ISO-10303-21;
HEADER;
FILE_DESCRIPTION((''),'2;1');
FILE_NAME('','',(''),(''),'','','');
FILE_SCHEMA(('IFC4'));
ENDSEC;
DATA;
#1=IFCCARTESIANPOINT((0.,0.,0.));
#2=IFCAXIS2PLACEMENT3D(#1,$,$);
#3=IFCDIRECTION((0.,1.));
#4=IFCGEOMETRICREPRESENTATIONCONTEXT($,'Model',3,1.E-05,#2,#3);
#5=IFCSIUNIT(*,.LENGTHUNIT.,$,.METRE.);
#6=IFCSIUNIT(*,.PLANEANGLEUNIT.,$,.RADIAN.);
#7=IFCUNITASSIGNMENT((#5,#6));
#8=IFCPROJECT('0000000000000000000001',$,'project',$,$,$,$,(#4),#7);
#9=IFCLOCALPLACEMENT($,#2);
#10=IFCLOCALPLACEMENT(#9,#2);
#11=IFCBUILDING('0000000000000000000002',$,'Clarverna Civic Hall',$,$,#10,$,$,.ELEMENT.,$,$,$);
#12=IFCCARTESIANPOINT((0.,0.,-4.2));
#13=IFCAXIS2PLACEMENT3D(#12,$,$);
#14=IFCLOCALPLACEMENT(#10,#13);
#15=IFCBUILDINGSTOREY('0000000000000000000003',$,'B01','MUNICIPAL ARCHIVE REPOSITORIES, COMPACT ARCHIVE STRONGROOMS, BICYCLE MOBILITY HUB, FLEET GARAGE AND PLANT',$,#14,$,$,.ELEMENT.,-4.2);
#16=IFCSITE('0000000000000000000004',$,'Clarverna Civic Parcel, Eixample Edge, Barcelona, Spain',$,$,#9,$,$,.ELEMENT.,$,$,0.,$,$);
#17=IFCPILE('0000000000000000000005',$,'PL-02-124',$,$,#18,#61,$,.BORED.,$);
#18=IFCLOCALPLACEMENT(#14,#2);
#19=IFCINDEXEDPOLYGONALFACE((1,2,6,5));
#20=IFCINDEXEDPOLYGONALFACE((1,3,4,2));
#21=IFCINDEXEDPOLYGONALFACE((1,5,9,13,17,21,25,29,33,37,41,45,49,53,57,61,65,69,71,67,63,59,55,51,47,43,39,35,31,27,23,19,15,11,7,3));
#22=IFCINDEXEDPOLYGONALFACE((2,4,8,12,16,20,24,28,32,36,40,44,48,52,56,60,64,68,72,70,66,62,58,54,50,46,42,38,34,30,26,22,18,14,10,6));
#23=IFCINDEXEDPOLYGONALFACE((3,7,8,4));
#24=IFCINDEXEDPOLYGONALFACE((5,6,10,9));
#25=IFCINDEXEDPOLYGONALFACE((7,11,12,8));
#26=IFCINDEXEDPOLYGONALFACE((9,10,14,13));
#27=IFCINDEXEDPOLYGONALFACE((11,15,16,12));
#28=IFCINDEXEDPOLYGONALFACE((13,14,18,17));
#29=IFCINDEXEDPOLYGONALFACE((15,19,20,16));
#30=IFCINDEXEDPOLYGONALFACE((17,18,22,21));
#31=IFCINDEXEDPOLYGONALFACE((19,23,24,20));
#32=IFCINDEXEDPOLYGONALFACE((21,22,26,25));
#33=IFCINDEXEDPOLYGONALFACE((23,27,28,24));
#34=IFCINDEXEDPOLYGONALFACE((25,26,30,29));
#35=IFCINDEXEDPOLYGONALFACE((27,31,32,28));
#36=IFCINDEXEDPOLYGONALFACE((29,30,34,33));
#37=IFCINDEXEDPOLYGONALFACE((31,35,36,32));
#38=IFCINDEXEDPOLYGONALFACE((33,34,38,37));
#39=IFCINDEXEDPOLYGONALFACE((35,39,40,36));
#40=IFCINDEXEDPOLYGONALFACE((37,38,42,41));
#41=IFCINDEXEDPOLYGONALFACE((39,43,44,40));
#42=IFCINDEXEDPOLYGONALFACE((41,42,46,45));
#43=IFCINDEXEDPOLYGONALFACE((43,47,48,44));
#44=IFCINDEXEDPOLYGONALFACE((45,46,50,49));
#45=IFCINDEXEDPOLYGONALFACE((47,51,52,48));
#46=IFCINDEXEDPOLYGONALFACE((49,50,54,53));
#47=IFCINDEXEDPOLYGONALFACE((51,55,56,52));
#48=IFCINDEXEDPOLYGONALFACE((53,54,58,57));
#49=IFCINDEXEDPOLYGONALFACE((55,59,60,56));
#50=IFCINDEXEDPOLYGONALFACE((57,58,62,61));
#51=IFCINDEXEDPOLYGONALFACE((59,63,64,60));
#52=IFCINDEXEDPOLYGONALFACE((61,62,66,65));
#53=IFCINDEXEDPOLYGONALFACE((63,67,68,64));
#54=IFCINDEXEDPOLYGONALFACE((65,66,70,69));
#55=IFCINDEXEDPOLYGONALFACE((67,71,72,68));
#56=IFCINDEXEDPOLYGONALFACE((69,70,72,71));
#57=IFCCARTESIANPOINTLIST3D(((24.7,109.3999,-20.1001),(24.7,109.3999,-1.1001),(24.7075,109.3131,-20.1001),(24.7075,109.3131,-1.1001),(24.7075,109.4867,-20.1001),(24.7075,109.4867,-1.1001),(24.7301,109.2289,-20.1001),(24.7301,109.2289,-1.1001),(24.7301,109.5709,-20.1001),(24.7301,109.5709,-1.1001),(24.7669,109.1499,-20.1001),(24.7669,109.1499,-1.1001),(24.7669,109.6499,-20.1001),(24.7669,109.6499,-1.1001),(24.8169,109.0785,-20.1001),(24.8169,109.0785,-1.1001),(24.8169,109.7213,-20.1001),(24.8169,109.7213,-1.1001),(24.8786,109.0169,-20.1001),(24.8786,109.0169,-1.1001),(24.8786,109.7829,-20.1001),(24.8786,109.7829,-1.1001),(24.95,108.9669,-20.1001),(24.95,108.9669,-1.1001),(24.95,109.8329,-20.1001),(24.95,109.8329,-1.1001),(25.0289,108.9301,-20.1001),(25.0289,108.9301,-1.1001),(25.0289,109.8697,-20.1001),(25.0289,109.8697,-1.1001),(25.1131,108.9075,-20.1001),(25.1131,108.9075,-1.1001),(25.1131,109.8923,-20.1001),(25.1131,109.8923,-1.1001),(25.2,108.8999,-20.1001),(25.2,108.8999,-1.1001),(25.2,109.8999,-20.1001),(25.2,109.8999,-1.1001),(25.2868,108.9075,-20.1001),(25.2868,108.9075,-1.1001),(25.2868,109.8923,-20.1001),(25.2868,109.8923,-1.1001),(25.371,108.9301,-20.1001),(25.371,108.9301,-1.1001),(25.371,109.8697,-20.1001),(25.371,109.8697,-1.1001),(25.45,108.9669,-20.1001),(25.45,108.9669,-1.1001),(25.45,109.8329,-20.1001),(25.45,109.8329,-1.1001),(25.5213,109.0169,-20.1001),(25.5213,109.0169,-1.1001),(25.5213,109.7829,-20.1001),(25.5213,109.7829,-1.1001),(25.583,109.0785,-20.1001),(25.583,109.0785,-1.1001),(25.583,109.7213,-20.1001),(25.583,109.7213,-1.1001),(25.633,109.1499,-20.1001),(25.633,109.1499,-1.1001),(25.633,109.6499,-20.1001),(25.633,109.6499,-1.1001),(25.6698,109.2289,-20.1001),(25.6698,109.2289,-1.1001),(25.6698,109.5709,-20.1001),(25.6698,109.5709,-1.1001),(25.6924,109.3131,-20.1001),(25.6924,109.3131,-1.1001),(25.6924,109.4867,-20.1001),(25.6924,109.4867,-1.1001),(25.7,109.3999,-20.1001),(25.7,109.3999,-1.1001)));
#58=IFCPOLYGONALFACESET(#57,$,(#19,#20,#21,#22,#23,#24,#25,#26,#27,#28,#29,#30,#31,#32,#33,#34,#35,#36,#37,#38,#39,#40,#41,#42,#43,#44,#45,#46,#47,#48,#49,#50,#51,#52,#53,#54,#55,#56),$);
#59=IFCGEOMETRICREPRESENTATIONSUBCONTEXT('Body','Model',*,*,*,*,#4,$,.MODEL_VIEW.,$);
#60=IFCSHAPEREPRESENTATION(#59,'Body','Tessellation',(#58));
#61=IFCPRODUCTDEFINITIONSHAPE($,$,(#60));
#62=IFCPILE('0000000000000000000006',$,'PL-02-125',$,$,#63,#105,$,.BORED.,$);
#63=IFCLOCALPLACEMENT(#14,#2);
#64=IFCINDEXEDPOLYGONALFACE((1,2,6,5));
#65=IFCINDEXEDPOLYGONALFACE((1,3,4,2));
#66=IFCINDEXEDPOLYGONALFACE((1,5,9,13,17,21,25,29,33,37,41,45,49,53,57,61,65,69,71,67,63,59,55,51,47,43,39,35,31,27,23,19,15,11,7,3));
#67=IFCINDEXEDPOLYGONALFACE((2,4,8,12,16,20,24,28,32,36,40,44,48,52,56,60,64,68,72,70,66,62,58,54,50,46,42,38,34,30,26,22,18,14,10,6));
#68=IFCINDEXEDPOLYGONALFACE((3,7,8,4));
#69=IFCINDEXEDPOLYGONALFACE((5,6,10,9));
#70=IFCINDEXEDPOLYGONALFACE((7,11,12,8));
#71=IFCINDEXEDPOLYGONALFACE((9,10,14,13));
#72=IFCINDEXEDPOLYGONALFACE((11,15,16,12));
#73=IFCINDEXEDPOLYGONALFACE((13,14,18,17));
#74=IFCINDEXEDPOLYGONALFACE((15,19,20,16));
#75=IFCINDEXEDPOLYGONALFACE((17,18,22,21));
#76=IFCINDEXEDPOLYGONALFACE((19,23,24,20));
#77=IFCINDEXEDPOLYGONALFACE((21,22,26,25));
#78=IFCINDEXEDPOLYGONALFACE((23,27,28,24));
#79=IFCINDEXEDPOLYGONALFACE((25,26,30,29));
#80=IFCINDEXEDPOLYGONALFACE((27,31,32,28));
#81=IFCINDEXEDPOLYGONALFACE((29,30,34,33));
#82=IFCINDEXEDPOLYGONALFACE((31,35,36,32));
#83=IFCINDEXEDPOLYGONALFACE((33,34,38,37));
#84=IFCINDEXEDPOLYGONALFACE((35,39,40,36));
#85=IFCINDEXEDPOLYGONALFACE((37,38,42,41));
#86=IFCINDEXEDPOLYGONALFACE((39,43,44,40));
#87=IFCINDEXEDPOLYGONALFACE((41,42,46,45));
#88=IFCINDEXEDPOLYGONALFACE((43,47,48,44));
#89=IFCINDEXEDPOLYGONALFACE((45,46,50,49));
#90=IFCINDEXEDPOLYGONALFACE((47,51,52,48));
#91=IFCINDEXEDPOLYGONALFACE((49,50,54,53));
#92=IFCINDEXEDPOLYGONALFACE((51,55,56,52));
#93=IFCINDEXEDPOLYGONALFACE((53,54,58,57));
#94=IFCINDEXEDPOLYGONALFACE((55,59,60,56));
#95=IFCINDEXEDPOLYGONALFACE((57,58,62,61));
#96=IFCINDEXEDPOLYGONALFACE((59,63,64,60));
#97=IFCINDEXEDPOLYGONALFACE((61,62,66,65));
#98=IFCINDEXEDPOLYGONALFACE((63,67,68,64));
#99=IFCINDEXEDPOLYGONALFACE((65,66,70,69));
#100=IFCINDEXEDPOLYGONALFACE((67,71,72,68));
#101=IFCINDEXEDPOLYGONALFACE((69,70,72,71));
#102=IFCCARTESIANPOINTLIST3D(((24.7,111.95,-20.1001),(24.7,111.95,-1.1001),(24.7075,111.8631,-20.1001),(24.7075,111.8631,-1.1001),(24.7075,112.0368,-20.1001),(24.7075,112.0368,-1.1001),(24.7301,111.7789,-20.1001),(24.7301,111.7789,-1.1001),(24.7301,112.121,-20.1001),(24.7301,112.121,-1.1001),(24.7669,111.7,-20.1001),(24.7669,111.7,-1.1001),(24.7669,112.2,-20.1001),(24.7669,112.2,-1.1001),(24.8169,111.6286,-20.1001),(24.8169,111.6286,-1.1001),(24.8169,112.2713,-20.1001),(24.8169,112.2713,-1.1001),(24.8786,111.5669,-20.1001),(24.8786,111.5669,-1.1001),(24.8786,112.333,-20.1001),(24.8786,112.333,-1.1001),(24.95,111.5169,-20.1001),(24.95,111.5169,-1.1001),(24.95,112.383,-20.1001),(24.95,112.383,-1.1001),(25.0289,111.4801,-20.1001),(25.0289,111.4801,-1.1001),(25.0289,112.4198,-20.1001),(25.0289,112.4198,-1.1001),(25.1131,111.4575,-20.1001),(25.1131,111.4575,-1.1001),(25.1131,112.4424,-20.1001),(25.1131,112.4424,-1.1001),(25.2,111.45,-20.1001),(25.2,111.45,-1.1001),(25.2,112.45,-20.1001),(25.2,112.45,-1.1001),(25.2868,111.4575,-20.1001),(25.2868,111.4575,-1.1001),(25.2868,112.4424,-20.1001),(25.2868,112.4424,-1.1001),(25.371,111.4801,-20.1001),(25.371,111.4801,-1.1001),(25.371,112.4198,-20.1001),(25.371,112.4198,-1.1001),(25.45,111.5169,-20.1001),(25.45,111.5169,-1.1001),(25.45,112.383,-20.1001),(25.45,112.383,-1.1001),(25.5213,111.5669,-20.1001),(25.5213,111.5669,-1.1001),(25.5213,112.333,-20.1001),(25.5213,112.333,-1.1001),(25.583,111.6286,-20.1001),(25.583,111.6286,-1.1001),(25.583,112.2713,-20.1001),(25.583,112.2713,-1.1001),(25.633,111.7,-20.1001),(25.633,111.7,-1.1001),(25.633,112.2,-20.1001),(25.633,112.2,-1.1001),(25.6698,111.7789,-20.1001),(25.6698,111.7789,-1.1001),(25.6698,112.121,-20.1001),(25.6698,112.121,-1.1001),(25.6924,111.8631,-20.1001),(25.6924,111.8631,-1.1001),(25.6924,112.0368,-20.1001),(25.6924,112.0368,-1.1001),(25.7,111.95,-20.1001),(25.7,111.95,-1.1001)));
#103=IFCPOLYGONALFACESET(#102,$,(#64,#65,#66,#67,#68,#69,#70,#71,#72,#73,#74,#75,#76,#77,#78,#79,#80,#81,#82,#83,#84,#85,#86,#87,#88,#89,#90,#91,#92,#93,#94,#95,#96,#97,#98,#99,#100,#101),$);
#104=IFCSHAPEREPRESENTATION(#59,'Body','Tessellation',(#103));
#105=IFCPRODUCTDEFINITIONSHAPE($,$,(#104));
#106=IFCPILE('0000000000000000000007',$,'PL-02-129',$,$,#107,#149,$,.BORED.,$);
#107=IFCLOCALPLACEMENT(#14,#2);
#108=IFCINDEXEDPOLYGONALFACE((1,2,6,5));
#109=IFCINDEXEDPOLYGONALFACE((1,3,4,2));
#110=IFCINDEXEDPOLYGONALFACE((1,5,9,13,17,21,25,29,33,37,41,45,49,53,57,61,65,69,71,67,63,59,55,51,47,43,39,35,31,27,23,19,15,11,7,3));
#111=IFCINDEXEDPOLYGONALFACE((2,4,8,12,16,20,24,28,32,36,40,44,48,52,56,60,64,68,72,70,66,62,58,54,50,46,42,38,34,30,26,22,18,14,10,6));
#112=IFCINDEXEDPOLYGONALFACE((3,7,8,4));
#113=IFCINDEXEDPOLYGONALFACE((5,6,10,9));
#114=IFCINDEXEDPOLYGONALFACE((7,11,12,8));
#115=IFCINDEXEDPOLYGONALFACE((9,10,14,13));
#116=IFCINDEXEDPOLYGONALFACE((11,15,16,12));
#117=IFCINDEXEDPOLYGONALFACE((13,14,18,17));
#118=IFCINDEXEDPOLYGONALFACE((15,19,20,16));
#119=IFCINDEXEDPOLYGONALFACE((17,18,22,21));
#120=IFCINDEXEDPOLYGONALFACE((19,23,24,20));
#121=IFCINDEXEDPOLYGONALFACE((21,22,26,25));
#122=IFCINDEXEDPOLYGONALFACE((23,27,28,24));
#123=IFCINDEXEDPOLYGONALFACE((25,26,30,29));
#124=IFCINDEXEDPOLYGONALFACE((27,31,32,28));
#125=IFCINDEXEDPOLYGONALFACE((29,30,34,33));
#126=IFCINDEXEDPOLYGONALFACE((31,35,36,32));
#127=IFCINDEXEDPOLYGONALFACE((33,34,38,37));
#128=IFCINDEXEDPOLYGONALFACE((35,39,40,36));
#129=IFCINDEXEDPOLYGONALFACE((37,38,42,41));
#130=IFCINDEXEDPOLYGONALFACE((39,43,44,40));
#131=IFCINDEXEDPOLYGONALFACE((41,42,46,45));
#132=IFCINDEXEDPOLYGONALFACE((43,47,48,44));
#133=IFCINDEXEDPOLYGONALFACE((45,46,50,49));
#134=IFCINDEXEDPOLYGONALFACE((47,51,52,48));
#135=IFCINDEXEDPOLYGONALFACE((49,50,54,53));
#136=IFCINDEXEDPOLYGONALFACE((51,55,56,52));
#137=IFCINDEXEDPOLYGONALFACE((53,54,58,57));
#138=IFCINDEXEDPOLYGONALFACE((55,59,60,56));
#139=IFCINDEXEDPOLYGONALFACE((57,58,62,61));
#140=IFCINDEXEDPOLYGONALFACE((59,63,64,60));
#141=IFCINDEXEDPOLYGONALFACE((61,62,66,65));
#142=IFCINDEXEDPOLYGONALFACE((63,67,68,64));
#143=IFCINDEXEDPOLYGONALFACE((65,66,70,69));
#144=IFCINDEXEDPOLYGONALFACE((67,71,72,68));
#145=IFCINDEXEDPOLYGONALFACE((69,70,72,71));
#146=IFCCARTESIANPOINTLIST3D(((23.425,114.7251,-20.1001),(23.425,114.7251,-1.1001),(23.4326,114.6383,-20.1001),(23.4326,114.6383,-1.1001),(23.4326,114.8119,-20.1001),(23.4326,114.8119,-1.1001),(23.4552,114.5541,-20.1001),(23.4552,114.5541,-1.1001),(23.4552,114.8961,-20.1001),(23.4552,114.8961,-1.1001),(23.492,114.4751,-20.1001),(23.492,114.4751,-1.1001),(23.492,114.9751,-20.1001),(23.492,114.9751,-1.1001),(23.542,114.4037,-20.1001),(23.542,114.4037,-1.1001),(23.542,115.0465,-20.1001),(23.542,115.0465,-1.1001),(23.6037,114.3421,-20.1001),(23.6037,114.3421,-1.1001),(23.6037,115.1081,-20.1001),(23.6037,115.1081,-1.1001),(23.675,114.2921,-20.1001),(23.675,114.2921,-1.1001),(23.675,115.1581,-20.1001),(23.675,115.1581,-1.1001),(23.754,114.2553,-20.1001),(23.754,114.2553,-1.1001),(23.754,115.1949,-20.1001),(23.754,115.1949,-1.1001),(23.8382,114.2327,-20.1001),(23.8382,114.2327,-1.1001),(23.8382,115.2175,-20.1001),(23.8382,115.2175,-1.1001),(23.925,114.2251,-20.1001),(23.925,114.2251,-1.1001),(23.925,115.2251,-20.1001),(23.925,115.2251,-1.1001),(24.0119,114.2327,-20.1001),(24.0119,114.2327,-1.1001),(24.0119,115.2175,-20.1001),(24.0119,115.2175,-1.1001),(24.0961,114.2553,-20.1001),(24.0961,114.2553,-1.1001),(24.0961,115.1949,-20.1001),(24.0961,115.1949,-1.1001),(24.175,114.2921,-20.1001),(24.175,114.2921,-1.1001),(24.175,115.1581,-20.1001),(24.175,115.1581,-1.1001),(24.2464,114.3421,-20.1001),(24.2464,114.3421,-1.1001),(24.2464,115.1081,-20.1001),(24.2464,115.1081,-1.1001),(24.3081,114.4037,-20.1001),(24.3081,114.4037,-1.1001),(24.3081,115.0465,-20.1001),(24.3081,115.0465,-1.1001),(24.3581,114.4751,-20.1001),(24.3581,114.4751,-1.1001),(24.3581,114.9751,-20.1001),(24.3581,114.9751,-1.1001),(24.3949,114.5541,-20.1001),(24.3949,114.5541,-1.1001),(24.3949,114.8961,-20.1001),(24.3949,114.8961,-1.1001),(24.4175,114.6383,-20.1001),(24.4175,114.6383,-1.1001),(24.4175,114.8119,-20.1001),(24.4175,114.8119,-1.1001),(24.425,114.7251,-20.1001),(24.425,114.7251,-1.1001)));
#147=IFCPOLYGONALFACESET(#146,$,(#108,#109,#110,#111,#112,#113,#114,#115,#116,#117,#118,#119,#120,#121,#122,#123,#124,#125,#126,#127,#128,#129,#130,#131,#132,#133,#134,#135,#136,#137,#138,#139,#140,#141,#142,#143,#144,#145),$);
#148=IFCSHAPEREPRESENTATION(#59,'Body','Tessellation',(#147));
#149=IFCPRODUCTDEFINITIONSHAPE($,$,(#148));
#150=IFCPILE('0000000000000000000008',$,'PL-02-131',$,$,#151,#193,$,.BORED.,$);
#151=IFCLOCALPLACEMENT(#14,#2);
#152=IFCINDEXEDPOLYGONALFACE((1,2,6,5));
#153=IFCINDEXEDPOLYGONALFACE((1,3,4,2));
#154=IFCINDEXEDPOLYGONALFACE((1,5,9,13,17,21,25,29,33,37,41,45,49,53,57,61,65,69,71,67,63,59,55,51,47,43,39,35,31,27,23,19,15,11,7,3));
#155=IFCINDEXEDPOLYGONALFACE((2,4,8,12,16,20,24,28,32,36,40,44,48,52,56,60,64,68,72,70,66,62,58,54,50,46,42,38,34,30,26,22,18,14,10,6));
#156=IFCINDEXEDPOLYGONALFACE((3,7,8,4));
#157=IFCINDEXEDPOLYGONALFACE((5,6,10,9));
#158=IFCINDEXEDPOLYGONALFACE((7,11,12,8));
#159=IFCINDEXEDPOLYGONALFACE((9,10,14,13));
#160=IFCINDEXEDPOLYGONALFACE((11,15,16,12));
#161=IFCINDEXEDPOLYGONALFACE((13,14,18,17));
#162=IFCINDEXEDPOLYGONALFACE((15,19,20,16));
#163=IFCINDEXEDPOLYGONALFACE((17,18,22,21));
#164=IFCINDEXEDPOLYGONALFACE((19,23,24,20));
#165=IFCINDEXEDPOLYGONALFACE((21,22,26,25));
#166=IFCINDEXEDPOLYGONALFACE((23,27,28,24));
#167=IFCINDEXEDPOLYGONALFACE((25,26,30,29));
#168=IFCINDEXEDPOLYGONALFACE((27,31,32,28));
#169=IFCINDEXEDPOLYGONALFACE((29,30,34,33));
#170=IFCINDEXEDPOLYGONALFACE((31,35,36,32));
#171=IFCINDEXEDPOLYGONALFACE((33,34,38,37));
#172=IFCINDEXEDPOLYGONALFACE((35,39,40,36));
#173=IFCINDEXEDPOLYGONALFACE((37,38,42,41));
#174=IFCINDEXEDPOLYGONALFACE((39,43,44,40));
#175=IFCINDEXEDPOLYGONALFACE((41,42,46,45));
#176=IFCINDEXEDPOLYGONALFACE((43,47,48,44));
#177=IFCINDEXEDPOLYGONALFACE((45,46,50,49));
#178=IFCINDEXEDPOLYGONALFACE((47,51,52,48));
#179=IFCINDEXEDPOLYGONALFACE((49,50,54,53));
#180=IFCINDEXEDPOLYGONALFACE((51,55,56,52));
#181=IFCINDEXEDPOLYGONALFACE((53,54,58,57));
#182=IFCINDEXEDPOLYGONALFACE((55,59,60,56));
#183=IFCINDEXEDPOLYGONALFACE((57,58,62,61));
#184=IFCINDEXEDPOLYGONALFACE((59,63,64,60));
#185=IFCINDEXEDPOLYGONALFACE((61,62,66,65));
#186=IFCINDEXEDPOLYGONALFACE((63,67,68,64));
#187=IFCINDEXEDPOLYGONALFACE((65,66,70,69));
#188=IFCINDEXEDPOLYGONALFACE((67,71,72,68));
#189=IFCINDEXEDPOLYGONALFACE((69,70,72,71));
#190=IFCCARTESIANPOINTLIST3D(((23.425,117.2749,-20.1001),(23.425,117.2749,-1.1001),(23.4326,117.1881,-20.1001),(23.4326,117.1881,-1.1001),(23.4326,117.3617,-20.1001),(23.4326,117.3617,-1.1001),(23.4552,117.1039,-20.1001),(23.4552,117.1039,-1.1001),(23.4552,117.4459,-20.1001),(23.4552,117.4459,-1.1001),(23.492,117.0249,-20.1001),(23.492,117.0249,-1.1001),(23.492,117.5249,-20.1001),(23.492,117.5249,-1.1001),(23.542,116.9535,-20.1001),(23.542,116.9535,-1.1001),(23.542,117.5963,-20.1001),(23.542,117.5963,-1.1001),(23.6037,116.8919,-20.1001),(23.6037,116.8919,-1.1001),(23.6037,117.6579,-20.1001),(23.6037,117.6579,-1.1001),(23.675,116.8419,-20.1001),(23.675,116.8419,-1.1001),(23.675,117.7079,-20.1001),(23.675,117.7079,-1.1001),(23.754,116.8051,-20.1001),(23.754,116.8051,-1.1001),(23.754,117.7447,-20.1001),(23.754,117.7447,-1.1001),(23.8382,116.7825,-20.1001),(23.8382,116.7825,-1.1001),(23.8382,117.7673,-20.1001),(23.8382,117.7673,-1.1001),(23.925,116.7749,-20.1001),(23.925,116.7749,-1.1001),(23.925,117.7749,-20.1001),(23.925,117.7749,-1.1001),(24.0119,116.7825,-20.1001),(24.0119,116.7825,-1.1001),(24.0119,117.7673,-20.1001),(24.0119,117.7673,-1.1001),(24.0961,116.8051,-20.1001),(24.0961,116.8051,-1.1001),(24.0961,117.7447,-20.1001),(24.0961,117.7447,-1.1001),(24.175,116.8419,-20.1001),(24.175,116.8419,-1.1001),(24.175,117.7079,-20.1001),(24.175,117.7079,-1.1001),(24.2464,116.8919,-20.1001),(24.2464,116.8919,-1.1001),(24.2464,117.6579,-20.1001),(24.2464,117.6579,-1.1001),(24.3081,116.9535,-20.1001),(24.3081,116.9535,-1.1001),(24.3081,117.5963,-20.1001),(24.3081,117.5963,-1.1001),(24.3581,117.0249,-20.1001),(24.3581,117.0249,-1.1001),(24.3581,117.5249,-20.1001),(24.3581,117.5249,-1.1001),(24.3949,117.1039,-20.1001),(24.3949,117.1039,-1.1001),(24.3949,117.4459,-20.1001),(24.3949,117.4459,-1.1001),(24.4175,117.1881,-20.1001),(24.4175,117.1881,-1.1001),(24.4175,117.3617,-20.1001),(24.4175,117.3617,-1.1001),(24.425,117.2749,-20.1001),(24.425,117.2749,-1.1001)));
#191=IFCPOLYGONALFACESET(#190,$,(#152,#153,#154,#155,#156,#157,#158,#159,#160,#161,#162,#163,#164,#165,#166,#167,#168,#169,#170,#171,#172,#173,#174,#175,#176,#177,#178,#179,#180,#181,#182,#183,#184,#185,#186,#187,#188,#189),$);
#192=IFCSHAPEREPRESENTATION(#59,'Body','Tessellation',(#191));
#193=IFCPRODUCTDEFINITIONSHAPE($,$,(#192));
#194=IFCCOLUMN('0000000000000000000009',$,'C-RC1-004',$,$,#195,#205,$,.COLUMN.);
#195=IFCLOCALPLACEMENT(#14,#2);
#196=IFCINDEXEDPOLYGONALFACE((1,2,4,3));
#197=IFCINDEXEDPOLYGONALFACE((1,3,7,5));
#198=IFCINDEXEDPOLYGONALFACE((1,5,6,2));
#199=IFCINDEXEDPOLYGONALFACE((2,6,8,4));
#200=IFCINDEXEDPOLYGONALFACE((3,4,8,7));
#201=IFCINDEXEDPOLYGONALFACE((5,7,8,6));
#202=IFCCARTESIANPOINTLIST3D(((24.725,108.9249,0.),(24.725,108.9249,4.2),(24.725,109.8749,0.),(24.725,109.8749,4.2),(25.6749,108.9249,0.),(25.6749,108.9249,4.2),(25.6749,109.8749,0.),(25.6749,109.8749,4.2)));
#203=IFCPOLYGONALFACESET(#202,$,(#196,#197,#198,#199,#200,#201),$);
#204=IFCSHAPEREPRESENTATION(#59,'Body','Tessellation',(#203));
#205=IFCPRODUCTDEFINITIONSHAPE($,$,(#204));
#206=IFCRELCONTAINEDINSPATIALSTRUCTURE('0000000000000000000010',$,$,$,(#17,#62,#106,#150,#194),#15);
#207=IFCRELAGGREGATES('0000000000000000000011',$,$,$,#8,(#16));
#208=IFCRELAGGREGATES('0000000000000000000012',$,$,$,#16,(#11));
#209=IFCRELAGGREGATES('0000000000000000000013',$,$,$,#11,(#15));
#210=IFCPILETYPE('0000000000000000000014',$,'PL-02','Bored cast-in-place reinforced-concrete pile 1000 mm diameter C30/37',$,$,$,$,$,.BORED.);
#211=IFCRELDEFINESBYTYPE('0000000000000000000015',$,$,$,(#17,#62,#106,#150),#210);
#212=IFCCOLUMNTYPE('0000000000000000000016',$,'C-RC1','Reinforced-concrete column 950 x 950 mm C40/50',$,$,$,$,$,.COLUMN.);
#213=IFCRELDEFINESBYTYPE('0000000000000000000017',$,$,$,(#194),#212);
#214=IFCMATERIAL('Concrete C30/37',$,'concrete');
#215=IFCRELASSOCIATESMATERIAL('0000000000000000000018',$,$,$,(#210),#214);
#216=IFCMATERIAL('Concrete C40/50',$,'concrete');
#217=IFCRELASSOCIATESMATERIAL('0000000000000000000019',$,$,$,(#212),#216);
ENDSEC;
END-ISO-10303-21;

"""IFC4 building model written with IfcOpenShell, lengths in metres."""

from ifc_helpers import new_model, si_unit, direction, frame, origin, origin_2d, place, context, subcontext, project, spatial, rectangle, circle, extrude, material, material_profile, profile_set, type_object, element, save


model = new_model("IFC4")

# Units and contexts
model_context = context("Model", 3, precision=1e-05, world=origin(), true_north=direction((0.0, 1.0)))
body_context = subcontext(model_context, "Body", "Model", "MODEL_VIEW")
ifc_project = project(units=[si_unit("LENGTHUNIT", "METRE"), si_unit("PLANEANGLEUNIT", "RADIAN")], contexts=[model_context])

# Site, building, storey
site_placement = place(None, origin())
site = spatial("IfcSite", under=ifc_project, at=site_placement, Name="Clarverna Civic Parcel, Eixample Edge, Barcelona, Spain", CompositionType="ELEMENT", RefElevation=0.0)
building_placement = place(site_placement, origin())
building = spatial("IfcBuilding", under=site, at=building_placement, Name="Clarverna Civic Hall", CompositionType="ELEMENT")
storey_placement = place(building_placement, frame((0.0, 0.0, -4.2)))
storey = spatial("IfcBuildingStorey", under=building, at=storey_placement, Name="B01", Description="MUNICIPAL ARCHIVE REPOSITORIES, COMPACT ARCHIVE STRONGROOMS, BICYCLE MOBILITY HUB, FLEET GARAGE AND PLANT", CompositionType="ELEMENT", Elevation=-4.2)

# Shared definitions
ifc_material_1 = material(Name="Concrete C30/37", Category="concrete")

# Piles
ifc_material_profile_1 = material_profile(ifc_material_1, circle(Radius=0.5, at=origin_2d()), Name="BORED PILE D1000")
ifc_profile_set_1 = profile_set([ifc_material_profile_1], Name="Concrete C30/37")
pile_type_1 = type_object("IfcPileType", Name="PL-02", Description="Bored cast-in-place reinforced-concrete pile 1000 mm diameter C30/37", PredefinedType="BORED", material=ifc_profile_set_1)
for number, where, z_axis, x_axis, name in (
    (1, (25.2, 109.3999, -1.1001), (0.0, 0.0, -1.0), (1.0, 0.0, 0.0), "PL-02-124"),
    (2, (25.2, 111.95, -1.1001), (0.0, 0.0, -1.0), (1.0, 0.0, 0.0), "PL-02-125"),
    (3, (23.925, 114.7251, -1.1001), (0.0, 0.0, -1.0), (1.0, 0.0, 0.0), "PL-02-129"),
    (4, (23.925, 117.2749, -1.1001), (0.0, 0.0, -1.0), (1.0, 0.0, 0.0), "PL-02-131"),
):
    element("IfcPile", number, at=place(storey_placement, frame(where, z_axis=z_axis, x_axis=x_axis)), inside=storey, type_object=pile_type_1, Name=name, PredefinedType="BORED", context=body_context, shape_type="SweptSolid", body=[
        extrude(circle(Radius=0.5, at=origin_2d()), origin(), (0.0, 0.0, 1.0), 19.0),
    ])

# Column
ifc_material_2 = material(Name="Concrete C40/50", Category="concrete")
ifc_material_profile_2 = material_profile(ifc_material_2, rectangle(XDim=0.95, YDim=0.95, at=origin_2d()), Name="RC 950x950")
ifc_profile_set_2 = profile_set([ifc_material_profile_2], Name="Concrete C40/50")
column_type_1 = type_object("IfcColumnType", Name="C-RC1", Description="Reinforced-concrete column 950 x 950 mm C40/50", PredefinedType="COLUMN", material=ifc_profile_set_2)
column_1_placement = place(storey_placement, frame((25.2, 109.3999, 0.0), z_axis=(0.0, 0.0, 1.0), x_axis=(1.0, 0.0, 0.0)))
element("IfcColumn", 5, at=column_1_placement, inside=storey, type_object=column_type_1, Name="C-RC1-004", PredefinedType="COLUMN", context=body_context, shape_type="SweptSolid", body=[
    extrude(rectangle(XDim=0.95, YDim=0.95, at=origin_2d()), origin(), (0.0, 0.0, 1.0), 4.2),
])

save(model, "model.ifc")
